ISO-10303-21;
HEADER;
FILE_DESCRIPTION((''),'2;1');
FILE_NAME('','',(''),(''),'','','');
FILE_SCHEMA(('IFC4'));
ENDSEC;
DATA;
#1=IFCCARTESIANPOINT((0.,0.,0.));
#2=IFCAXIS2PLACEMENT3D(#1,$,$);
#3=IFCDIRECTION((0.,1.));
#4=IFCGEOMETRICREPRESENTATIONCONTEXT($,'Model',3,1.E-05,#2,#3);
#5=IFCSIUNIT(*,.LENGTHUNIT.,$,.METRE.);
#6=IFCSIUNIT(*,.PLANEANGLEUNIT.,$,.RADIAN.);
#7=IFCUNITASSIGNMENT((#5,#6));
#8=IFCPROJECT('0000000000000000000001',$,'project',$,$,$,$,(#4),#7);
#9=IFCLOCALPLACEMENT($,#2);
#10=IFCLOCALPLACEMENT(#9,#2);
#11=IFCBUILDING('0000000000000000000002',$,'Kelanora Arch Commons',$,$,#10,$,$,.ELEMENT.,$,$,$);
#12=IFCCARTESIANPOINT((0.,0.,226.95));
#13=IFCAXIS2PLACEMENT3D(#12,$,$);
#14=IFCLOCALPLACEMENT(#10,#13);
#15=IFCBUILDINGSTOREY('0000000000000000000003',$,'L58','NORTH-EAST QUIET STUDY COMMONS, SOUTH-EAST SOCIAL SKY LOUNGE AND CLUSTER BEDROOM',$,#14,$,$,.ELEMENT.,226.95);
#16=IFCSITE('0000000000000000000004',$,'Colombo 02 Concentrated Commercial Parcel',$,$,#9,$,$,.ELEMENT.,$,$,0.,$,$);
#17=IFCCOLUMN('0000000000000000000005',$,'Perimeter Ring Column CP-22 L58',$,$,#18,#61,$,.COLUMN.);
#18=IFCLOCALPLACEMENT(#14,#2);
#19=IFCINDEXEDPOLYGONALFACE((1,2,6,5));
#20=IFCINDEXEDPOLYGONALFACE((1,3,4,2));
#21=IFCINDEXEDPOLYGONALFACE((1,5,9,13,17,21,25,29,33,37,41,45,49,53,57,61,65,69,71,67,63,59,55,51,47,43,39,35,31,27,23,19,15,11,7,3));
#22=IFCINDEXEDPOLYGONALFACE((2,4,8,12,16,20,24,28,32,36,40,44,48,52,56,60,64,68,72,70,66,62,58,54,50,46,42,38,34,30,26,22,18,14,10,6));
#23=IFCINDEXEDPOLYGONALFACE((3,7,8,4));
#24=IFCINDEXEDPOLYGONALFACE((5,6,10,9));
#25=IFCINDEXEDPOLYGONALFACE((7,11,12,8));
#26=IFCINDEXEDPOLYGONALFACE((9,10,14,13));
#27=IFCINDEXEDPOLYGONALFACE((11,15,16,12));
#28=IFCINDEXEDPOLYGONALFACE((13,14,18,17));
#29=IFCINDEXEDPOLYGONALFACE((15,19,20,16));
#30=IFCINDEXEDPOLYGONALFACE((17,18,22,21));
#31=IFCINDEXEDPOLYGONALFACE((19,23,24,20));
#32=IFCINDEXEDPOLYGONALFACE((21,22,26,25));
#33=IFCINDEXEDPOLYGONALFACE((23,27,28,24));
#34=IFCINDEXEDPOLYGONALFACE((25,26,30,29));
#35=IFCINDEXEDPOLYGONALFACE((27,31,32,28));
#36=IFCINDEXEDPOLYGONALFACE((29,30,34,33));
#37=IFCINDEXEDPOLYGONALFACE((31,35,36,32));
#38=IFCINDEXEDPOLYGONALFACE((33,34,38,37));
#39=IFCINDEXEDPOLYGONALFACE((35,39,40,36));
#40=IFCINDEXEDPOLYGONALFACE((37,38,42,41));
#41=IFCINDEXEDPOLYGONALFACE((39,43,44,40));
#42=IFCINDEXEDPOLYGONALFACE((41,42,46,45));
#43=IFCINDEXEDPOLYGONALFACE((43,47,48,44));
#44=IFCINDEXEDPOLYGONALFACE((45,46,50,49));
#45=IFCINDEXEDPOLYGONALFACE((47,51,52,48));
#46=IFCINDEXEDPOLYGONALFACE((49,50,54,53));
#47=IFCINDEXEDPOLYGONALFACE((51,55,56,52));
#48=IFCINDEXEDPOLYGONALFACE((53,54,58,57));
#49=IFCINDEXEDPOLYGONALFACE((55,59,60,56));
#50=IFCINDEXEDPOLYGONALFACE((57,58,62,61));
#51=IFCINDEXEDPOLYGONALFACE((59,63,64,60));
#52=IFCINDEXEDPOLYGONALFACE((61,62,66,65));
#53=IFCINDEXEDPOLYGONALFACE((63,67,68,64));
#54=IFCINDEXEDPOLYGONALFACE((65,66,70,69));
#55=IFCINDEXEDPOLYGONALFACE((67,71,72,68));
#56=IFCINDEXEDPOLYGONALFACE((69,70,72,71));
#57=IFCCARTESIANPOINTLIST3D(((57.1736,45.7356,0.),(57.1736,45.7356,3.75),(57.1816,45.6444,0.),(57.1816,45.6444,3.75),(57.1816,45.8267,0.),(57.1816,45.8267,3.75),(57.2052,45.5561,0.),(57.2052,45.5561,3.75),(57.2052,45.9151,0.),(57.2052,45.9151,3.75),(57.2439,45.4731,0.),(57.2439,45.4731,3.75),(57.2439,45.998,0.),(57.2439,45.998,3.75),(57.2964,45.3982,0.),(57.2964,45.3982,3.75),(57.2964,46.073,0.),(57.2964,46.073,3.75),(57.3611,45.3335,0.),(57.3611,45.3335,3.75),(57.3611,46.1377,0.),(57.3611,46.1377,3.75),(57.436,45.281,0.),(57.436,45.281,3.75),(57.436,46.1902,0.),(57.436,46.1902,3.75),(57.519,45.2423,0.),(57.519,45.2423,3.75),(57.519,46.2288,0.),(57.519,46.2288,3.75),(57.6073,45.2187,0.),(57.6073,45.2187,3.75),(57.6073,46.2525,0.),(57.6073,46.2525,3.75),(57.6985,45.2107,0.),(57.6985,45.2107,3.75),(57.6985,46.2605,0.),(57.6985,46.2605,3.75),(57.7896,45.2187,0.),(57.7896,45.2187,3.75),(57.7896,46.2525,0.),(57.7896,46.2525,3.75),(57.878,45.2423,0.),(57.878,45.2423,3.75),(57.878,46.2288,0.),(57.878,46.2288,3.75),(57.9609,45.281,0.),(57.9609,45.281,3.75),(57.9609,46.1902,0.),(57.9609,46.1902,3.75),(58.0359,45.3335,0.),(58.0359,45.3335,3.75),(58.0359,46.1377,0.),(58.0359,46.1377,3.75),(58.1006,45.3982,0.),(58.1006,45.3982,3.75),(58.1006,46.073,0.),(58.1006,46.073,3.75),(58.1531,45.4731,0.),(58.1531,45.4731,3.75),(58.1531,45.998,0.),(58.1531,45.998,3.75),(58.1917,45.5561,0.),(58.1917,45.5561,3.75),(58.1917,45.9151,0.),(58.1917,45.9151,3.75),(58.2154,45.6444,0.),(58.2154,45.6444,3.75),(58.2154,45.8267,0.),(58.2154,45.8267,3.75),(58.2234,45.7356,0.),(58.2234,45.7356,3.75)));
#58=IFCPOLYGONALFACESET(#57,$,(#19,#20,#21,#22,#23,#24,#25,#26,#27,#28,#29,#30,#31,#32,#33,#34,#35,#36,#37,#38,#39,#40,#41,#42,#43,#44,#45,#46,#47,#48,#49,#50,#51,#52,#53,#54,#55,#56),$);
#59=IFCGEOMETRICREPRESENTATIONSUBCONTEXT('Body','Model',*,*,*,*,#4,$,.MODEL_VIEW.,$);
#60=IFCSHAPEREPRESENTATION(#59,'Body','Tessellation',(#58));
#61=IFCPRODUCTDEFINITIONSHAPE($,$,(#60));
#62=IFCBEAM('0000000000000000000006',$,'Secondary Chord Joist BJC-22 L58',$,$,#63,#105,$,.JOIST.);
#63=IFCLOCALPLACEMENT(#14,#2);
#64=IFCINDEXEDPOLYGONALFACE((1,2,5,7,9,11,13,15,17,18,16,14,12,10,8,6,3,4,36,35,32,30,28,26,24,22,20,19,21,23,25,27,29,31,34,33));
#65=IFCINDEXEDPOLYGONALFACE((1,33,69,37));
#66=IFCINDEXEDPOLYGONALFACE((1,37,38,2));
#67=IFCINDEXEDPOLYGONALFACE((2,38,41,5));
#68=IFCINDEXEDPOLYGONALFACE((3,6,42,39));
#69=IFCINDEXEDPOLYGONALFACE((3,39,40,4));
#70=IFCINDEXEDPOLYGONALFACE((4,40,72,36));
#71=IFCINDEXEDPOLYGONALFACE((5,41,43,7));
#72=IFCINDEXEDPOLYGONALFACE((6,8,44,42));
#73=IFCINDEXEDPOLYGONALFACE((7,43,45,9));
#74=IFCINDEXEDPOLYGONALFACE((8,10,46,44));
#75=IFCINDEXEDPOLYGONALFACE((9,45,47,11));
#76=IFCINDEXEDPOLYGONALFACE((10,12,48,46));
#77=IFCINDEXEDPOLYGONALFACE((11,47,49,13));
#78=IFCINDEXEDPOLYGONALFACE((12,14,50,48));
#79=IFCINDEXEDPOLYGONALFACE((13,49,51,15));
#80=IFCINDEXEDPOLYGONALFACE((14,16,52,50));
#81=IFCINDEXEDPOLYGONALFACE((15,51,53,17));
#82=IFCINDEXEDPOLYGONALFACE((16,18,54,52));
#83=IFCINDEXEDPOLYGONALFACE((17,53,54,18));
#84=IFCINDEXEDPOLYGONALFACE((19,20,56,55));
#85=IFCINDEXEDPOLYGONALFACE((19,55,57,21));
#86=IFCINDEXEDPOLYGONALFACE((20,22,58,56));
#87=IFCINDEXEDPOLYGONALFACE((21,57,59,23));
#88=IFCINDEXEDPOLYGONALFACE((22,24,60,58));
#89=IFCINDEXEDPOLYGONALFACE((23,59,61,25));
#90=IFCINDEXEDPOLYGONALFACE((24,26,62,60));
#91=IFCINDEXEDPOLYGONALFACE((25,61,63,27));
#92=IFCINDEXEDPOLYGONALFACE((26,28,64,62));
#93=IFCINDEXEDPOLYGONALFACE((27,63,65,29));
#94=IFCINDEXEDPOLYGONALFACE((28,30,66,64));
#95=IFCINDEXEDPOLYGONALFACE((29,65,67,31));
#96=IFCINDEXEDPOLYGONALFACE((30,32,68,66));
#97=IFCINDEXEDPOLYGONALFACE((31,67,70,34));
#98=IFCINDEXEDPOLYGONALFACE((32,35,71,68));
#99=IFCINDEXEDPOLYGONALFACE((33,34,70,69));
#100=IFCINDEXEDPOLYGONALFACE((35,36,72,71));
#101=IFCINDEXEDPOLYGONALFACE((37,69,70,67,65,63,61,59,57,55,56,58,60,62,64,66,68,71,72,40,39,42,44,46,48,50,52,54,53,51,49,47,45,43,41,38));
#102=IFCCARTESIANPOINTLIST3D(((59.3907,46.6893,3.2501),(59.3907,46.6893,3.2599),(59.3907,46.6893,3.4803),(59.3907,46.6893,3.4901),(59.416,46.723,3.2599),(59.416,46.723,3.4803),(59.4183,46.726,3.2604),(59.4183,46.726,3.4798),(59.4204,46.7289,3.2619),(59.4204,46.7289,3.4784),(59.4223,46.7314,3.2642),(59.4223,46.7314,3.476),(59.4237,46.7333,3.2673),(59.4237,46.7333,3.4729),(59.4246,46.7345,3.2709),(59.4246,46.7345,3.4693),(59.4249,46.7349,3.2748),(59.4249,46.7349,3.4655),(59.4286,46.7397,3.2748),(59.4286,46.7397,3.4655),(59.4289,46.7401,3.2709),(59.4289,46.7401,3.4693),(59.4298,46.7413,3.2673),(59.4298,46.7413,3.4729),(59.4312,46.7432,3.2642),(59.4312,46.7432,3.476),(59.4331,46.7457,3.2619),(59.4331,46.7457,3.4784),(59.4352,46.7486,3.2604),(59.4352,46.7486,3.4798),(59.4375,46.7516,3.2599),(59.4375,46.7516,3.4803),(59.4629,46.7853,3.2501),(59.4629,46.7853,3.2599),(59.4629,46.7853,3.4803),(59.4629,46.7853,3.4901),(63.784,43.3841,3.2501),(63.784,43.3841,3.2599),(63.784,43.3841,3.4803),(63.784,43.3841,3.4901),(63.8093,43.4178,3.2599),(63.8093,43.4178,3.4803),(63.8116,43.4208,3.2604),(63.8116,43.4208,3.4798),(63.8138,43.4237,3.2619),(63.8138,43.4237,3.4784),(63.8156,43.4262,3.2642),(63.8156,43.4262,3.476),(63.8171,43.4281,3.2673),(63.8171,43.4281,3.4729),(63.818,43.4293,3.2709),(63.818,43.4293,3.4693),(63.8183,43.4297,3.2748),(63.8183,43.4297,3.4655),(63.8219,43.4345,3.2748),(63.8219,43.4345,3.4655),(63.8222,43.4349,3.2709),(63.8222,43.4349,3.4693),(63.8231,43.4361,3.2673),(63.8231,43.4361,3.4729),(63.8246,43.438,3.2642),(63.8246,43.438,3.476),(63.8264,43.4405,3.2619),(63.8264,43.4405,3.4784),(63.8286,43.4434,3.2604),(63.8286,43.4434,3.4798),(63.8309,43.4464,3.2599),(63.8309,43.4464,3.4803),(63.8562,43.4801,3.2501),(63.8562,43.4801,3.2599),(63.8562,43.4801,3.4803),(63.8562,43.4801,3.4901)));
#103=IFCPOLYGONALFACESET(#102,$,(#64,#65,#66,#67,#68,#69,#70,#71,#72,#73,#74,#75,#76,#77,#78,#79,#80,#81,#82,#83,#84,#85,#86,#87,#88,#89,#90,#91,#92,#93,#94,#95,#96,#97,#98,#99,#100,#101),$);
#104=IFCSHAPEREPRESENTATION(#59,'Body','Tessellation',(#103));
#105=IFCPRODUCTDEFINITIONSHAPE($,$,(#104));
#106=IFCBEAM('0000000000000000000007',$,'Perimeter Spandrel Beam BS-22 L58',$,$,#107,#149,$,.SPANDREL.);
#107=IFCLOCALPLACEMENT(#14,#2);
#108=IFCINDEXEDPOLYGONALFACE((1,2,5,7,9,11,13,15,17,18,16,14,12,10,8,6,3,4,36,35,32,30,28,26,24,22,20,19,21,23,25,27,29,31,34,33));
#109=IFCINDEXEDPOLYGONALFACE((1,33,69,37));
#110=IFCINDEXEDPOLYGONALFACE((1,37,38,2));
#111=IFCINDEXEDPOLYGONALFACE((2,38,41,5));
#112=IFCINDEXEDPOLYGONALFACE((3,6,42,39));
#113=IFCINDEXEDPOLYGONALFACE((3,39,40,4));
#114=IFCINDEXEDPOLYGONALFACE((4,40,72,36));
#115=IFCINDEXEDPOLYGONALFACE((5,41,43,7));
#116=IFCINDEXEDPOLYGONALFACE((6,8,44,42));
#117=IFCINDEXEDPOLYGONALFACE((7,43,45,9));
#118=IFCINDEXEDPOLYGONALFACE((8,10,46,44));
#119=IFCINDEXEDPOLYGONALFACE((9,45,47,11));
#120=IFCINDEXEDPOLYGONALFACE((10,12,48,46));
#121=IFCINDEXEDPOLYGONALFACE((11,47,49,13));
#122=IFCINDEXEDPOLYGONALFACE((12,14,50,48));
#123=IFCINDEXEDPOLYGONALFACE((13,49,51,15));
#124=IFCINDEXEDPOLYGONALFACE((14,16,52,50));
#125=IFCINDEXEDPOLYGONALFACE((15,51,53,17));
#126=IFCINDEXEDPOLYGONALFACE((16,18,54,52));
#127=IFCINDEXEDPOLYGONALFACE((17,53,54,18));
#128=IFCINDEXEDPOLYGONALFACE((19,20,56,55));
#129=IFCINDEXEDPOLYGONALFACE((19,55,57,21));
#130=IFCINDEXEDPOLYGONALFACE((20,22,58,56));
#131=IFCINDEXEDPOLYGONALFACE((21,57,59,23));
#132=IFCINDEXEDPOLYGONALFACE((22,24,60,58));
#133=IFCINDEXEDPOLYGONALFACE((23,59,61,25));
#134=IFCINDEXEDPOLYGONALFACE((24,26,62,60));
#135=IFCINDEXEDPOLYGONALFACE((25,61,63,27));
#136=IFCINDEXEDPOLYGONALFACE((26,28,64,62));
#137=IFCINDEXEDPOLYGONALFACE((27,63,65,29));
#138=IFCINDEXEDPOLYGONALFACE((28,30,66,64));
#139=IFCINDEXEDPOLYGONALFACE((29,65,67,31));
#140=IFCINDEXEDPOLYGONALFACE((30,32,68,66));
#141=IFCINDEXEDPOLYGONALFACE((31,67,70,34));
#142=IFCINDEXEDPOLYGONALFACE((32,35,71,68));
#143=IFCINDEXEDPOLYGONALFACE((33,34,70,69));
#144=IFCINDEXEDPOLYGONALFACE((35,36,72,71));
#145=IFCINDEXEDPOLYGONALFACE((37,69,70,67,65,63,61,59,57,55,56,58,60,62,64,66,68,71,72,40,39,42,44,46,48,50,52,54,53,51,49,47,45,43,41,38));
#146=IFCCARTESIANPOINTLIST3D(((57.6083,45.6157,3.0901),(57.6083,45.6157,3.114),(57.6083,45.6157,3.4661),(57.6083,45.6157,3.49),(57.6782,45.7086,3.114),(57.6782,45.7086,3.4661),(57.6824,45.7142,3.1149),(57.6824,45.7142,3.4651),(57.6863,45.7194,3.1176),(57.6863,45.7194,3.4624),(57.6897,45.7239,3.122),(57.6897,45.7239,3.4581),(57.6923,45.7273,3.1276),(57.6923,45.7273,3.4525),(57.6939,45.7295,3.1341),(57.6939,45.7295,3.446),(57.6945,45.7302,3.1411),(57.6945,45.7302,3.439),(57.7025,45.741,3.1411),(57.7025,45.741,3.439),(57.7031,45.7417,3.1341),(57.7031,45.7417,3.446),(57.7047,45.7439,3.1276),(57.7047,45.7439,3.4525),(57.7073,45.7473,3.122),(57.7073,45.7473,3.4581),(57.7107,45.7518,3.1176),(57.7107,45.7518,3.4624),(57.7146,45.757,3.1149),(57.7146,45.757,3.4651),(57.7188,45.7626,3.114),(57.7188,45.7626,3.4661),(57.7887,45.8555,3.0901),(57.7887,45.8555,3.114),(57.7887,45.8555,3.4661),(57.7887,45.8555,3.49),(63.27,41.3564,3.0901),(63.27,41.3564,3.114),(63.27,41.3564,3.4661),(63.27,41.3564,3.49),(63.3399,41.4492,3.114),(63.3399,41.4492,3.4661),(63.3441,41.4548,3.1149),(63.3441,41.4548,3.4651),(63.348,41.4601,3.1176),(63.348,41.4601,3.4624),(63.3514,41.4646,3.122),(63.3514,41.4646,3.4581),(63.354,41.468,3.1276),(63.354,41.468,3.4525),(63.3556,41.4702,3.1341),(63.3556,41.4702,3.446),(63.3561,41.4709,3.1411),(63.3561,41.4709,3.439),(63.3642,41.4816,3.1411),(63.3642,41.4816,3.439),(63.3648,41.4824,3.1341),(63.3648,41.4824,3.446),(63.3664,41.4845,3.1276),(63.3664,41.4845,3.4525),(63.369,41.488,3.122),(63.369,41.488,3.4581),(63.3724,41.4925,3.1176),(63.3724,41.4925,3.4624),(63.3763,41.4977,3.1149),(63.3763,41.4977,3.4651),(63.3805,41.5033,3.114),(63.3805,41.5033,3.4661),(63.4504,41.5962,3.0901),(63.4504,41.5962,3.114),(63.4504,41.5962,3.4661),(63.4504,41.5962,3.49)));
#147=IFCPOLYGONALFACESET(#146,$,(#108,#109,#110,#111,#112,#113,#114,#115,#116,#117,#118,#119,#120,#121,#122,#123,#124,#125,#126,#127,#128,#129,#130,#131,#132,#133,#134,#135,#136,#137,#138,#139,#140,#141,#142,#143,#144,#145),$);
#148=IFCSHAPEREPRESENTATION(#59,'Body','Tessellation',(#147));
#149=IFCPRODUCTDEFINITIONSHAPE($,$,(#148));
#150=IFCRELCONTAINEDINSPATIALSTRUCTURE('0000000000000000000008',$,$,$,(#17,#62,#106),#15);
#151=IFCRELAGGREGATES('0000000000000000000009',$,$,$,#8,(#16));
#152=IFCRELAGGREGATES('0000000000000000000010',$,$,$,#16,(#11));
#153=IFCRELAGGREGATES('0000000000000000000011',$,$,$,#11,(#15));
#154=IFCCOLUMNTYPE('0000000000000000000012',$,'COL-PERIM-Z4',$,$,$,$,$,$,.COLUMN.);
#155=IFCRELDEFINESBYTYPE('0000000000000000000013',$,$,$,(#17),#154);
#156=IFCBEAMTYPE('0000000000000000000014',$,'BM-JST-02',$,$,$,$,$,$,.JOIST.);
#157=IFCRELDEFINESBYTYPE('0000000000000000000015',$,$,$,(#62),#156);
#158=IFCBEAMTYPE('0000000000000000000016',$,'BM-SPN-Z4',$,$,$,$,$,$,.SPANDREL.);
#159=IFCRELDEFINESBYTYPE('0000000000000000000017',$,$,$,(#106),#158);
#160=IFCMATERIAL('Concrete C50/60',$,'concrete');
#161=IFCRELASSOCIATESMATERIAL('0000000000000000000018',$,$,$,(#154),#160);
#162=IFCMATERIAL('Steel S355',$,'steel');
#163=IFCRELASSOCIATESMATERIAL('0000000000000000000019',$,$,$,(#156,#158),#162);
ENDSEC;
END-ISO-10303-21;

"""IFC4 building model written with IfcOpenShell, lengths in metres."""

from ifc_helpers import new_model, si_unit, direction, frame, origin, origin_2d, place, context, subcontext, project, spatial, circle, i_section, extrude, material, material_profile, profile_set, type_object, element, save


model = new_model("IFC4")

# Units and contexts
model_context = context("Model", 3, precision=1e-05, world=origin(), true_north=direction((0.0, 1.0)))
body_context = subcontext(model_context, "Body", "Model", "MODEL_VIEW")
ifc_project = project(units=[si_unit("LENGTHUNIT", "METRE"), si_unit("PLANEANGLEUNIT", "RADIAN")], contexts=[model_context])

# Site, building, storey
site_placement = place(None, origin())
site = spatial("IfcSite", under=ifc_project, at=site_placement, Name="Colombo 02 Concentrated Commercial Parcel", CompositionType="ELEMENT", RefElevation=0.0)
building_placement = place(site_placement, origin())
building = spatial("IfcBuilding", under=site, at=building_placement, Name="Kelanora Arch Commons", CompositionType="ELEMENT")
storey_placement = place(building_placement, frame((0.0, 0.0, 226.95)))
storey = spatial("IfcBuildingStorey", under=building, at=storey_placement, Name="L58", Description="NORTH-EAST QUIET STUDY COMMONS, SOUTH-EAST SOCIAL SKY LOUNGE AND CLUSTER BEDROOM", CompositionType="ELEMENT", Elevation=226.95)

# Column
ifc_material_1 = material(Name="Concrete C50/60", Category="concrete")
ifc_material_profile_1 = material_profile(ifc_material_1, circle(Radius=0.5249, at=origin_2d()), Name="RCC1050")
ifc_profile_set_1 = profile_set([ifc_material_profile_1], Name="Concrete C50/60")
column_type = type_object("IfcColumnType", Name="COL-PERIM-Z4", PredefinedType="COLUMN", material=ifc_profile_set_1)
column_placement = place(storey_placement, frame((57.6985, 45.7356, 0.0), z_axis=(0.0, 0.0, 1.0), x_axis=(1.0, 0.0, 0.0)))
element("IfcColumn", 1, at=column_placement, inside=storey, type_object=column_type, Name="Perimeter Ring Column CP-22 L58", PredefinedType="COLUMN", context=body_context, shape_type="SweptSolid", body=[
    extrude(circle(Radius=0.5249, at=origin_2d()), origin(), (0.0, 0.0, 1.0), 3.75),
])

# Beams
ifc_material_2 = material(Name="Steel S355", Category="steel")
ifc_material_profile_2 = material_profile(ifc_material_2, i_section(OverallWidth=0.1201, OverallDepth=0.24, WebThickness=0.0061, FlangeThickness=0.0098, FilletRadius=0.0149, at=origin_2d()), Name="IPE240")
ifc_profile_set_2 = profile_set([ifc_material_profile_2], Name="Steel S355")
beam_type_1 = type_object("IfcBeamType", Name="BM-JST-02", PredefinedType="JOIST", material=ifc_profile_set_2)
beam_1_placement = place(storey_placement, frame((59.4268, 46.7373, 3.3701), z_axis=(0.799109, -0.601186, 0.0), x_axis=(0.601186, 0.799109, 0.0)))
element("IfcBeam", 2, at=beam_1_placement, inside=storey, type_object=beam_type_1, Name="Secondary Chord Joist BJC-22 L58", PredefinedType="JOIST", context=body_context, shape_type="SweptSolid", body=[
    extrude(i_section(OverallWidth=0.1201, OverallDepth=0.24, WebThickness=0.0061, FlangeThickness=0.0098, FilletRadius=0.0149, at=origin_2d()), origin(), (0.0, 0.0, 1.0), 5.4978),
])
ifc_material_profile_3 = material_profile(ifc_material_2, i_section(OverallWidth=0.3, OverallDepth=0.3999, WebThickness=0.0134, FlangeThickness=0.0239, FilletRadius=0.0271, at=origin_2d()), Name="HEB400")
ifc_profile_set_3 = profile_set([ifc_material_profile_3], Name="Steel S355")
beam_type_2 = type_object("IfcBeamType", Name="BM-SPN-Z4", PredefinedType="SPANDREL", material=ifc_profile_set_3)
beam_2_placement = place(storey_placement, frame((57.6985, 45.7356, 3.29), z_axis=(0.799114, -0.601179, 0.0), x_axis=(0.601179, 0.799114, 0.0)))
element("IfcBeam", 3, at=beam_2_placement, inside=storey, type_object=beam_type_2, Name="Perimeter Spandrel Beam BS-22 L58", PredefinedType="SPANDREL", context=body_context, shape_type="SweptSolid", body=[
    extrude(i_section(OverallWidth=0.3, OverallDepth=0.3999, WebThickness=0.0134, FlangeThickness=0.0239, FilletRadius=0.0271, at=origin_2d()), origin(), (0.0, 0.0, 1.0), 7.085),
])

save(model, "model.ifc")
